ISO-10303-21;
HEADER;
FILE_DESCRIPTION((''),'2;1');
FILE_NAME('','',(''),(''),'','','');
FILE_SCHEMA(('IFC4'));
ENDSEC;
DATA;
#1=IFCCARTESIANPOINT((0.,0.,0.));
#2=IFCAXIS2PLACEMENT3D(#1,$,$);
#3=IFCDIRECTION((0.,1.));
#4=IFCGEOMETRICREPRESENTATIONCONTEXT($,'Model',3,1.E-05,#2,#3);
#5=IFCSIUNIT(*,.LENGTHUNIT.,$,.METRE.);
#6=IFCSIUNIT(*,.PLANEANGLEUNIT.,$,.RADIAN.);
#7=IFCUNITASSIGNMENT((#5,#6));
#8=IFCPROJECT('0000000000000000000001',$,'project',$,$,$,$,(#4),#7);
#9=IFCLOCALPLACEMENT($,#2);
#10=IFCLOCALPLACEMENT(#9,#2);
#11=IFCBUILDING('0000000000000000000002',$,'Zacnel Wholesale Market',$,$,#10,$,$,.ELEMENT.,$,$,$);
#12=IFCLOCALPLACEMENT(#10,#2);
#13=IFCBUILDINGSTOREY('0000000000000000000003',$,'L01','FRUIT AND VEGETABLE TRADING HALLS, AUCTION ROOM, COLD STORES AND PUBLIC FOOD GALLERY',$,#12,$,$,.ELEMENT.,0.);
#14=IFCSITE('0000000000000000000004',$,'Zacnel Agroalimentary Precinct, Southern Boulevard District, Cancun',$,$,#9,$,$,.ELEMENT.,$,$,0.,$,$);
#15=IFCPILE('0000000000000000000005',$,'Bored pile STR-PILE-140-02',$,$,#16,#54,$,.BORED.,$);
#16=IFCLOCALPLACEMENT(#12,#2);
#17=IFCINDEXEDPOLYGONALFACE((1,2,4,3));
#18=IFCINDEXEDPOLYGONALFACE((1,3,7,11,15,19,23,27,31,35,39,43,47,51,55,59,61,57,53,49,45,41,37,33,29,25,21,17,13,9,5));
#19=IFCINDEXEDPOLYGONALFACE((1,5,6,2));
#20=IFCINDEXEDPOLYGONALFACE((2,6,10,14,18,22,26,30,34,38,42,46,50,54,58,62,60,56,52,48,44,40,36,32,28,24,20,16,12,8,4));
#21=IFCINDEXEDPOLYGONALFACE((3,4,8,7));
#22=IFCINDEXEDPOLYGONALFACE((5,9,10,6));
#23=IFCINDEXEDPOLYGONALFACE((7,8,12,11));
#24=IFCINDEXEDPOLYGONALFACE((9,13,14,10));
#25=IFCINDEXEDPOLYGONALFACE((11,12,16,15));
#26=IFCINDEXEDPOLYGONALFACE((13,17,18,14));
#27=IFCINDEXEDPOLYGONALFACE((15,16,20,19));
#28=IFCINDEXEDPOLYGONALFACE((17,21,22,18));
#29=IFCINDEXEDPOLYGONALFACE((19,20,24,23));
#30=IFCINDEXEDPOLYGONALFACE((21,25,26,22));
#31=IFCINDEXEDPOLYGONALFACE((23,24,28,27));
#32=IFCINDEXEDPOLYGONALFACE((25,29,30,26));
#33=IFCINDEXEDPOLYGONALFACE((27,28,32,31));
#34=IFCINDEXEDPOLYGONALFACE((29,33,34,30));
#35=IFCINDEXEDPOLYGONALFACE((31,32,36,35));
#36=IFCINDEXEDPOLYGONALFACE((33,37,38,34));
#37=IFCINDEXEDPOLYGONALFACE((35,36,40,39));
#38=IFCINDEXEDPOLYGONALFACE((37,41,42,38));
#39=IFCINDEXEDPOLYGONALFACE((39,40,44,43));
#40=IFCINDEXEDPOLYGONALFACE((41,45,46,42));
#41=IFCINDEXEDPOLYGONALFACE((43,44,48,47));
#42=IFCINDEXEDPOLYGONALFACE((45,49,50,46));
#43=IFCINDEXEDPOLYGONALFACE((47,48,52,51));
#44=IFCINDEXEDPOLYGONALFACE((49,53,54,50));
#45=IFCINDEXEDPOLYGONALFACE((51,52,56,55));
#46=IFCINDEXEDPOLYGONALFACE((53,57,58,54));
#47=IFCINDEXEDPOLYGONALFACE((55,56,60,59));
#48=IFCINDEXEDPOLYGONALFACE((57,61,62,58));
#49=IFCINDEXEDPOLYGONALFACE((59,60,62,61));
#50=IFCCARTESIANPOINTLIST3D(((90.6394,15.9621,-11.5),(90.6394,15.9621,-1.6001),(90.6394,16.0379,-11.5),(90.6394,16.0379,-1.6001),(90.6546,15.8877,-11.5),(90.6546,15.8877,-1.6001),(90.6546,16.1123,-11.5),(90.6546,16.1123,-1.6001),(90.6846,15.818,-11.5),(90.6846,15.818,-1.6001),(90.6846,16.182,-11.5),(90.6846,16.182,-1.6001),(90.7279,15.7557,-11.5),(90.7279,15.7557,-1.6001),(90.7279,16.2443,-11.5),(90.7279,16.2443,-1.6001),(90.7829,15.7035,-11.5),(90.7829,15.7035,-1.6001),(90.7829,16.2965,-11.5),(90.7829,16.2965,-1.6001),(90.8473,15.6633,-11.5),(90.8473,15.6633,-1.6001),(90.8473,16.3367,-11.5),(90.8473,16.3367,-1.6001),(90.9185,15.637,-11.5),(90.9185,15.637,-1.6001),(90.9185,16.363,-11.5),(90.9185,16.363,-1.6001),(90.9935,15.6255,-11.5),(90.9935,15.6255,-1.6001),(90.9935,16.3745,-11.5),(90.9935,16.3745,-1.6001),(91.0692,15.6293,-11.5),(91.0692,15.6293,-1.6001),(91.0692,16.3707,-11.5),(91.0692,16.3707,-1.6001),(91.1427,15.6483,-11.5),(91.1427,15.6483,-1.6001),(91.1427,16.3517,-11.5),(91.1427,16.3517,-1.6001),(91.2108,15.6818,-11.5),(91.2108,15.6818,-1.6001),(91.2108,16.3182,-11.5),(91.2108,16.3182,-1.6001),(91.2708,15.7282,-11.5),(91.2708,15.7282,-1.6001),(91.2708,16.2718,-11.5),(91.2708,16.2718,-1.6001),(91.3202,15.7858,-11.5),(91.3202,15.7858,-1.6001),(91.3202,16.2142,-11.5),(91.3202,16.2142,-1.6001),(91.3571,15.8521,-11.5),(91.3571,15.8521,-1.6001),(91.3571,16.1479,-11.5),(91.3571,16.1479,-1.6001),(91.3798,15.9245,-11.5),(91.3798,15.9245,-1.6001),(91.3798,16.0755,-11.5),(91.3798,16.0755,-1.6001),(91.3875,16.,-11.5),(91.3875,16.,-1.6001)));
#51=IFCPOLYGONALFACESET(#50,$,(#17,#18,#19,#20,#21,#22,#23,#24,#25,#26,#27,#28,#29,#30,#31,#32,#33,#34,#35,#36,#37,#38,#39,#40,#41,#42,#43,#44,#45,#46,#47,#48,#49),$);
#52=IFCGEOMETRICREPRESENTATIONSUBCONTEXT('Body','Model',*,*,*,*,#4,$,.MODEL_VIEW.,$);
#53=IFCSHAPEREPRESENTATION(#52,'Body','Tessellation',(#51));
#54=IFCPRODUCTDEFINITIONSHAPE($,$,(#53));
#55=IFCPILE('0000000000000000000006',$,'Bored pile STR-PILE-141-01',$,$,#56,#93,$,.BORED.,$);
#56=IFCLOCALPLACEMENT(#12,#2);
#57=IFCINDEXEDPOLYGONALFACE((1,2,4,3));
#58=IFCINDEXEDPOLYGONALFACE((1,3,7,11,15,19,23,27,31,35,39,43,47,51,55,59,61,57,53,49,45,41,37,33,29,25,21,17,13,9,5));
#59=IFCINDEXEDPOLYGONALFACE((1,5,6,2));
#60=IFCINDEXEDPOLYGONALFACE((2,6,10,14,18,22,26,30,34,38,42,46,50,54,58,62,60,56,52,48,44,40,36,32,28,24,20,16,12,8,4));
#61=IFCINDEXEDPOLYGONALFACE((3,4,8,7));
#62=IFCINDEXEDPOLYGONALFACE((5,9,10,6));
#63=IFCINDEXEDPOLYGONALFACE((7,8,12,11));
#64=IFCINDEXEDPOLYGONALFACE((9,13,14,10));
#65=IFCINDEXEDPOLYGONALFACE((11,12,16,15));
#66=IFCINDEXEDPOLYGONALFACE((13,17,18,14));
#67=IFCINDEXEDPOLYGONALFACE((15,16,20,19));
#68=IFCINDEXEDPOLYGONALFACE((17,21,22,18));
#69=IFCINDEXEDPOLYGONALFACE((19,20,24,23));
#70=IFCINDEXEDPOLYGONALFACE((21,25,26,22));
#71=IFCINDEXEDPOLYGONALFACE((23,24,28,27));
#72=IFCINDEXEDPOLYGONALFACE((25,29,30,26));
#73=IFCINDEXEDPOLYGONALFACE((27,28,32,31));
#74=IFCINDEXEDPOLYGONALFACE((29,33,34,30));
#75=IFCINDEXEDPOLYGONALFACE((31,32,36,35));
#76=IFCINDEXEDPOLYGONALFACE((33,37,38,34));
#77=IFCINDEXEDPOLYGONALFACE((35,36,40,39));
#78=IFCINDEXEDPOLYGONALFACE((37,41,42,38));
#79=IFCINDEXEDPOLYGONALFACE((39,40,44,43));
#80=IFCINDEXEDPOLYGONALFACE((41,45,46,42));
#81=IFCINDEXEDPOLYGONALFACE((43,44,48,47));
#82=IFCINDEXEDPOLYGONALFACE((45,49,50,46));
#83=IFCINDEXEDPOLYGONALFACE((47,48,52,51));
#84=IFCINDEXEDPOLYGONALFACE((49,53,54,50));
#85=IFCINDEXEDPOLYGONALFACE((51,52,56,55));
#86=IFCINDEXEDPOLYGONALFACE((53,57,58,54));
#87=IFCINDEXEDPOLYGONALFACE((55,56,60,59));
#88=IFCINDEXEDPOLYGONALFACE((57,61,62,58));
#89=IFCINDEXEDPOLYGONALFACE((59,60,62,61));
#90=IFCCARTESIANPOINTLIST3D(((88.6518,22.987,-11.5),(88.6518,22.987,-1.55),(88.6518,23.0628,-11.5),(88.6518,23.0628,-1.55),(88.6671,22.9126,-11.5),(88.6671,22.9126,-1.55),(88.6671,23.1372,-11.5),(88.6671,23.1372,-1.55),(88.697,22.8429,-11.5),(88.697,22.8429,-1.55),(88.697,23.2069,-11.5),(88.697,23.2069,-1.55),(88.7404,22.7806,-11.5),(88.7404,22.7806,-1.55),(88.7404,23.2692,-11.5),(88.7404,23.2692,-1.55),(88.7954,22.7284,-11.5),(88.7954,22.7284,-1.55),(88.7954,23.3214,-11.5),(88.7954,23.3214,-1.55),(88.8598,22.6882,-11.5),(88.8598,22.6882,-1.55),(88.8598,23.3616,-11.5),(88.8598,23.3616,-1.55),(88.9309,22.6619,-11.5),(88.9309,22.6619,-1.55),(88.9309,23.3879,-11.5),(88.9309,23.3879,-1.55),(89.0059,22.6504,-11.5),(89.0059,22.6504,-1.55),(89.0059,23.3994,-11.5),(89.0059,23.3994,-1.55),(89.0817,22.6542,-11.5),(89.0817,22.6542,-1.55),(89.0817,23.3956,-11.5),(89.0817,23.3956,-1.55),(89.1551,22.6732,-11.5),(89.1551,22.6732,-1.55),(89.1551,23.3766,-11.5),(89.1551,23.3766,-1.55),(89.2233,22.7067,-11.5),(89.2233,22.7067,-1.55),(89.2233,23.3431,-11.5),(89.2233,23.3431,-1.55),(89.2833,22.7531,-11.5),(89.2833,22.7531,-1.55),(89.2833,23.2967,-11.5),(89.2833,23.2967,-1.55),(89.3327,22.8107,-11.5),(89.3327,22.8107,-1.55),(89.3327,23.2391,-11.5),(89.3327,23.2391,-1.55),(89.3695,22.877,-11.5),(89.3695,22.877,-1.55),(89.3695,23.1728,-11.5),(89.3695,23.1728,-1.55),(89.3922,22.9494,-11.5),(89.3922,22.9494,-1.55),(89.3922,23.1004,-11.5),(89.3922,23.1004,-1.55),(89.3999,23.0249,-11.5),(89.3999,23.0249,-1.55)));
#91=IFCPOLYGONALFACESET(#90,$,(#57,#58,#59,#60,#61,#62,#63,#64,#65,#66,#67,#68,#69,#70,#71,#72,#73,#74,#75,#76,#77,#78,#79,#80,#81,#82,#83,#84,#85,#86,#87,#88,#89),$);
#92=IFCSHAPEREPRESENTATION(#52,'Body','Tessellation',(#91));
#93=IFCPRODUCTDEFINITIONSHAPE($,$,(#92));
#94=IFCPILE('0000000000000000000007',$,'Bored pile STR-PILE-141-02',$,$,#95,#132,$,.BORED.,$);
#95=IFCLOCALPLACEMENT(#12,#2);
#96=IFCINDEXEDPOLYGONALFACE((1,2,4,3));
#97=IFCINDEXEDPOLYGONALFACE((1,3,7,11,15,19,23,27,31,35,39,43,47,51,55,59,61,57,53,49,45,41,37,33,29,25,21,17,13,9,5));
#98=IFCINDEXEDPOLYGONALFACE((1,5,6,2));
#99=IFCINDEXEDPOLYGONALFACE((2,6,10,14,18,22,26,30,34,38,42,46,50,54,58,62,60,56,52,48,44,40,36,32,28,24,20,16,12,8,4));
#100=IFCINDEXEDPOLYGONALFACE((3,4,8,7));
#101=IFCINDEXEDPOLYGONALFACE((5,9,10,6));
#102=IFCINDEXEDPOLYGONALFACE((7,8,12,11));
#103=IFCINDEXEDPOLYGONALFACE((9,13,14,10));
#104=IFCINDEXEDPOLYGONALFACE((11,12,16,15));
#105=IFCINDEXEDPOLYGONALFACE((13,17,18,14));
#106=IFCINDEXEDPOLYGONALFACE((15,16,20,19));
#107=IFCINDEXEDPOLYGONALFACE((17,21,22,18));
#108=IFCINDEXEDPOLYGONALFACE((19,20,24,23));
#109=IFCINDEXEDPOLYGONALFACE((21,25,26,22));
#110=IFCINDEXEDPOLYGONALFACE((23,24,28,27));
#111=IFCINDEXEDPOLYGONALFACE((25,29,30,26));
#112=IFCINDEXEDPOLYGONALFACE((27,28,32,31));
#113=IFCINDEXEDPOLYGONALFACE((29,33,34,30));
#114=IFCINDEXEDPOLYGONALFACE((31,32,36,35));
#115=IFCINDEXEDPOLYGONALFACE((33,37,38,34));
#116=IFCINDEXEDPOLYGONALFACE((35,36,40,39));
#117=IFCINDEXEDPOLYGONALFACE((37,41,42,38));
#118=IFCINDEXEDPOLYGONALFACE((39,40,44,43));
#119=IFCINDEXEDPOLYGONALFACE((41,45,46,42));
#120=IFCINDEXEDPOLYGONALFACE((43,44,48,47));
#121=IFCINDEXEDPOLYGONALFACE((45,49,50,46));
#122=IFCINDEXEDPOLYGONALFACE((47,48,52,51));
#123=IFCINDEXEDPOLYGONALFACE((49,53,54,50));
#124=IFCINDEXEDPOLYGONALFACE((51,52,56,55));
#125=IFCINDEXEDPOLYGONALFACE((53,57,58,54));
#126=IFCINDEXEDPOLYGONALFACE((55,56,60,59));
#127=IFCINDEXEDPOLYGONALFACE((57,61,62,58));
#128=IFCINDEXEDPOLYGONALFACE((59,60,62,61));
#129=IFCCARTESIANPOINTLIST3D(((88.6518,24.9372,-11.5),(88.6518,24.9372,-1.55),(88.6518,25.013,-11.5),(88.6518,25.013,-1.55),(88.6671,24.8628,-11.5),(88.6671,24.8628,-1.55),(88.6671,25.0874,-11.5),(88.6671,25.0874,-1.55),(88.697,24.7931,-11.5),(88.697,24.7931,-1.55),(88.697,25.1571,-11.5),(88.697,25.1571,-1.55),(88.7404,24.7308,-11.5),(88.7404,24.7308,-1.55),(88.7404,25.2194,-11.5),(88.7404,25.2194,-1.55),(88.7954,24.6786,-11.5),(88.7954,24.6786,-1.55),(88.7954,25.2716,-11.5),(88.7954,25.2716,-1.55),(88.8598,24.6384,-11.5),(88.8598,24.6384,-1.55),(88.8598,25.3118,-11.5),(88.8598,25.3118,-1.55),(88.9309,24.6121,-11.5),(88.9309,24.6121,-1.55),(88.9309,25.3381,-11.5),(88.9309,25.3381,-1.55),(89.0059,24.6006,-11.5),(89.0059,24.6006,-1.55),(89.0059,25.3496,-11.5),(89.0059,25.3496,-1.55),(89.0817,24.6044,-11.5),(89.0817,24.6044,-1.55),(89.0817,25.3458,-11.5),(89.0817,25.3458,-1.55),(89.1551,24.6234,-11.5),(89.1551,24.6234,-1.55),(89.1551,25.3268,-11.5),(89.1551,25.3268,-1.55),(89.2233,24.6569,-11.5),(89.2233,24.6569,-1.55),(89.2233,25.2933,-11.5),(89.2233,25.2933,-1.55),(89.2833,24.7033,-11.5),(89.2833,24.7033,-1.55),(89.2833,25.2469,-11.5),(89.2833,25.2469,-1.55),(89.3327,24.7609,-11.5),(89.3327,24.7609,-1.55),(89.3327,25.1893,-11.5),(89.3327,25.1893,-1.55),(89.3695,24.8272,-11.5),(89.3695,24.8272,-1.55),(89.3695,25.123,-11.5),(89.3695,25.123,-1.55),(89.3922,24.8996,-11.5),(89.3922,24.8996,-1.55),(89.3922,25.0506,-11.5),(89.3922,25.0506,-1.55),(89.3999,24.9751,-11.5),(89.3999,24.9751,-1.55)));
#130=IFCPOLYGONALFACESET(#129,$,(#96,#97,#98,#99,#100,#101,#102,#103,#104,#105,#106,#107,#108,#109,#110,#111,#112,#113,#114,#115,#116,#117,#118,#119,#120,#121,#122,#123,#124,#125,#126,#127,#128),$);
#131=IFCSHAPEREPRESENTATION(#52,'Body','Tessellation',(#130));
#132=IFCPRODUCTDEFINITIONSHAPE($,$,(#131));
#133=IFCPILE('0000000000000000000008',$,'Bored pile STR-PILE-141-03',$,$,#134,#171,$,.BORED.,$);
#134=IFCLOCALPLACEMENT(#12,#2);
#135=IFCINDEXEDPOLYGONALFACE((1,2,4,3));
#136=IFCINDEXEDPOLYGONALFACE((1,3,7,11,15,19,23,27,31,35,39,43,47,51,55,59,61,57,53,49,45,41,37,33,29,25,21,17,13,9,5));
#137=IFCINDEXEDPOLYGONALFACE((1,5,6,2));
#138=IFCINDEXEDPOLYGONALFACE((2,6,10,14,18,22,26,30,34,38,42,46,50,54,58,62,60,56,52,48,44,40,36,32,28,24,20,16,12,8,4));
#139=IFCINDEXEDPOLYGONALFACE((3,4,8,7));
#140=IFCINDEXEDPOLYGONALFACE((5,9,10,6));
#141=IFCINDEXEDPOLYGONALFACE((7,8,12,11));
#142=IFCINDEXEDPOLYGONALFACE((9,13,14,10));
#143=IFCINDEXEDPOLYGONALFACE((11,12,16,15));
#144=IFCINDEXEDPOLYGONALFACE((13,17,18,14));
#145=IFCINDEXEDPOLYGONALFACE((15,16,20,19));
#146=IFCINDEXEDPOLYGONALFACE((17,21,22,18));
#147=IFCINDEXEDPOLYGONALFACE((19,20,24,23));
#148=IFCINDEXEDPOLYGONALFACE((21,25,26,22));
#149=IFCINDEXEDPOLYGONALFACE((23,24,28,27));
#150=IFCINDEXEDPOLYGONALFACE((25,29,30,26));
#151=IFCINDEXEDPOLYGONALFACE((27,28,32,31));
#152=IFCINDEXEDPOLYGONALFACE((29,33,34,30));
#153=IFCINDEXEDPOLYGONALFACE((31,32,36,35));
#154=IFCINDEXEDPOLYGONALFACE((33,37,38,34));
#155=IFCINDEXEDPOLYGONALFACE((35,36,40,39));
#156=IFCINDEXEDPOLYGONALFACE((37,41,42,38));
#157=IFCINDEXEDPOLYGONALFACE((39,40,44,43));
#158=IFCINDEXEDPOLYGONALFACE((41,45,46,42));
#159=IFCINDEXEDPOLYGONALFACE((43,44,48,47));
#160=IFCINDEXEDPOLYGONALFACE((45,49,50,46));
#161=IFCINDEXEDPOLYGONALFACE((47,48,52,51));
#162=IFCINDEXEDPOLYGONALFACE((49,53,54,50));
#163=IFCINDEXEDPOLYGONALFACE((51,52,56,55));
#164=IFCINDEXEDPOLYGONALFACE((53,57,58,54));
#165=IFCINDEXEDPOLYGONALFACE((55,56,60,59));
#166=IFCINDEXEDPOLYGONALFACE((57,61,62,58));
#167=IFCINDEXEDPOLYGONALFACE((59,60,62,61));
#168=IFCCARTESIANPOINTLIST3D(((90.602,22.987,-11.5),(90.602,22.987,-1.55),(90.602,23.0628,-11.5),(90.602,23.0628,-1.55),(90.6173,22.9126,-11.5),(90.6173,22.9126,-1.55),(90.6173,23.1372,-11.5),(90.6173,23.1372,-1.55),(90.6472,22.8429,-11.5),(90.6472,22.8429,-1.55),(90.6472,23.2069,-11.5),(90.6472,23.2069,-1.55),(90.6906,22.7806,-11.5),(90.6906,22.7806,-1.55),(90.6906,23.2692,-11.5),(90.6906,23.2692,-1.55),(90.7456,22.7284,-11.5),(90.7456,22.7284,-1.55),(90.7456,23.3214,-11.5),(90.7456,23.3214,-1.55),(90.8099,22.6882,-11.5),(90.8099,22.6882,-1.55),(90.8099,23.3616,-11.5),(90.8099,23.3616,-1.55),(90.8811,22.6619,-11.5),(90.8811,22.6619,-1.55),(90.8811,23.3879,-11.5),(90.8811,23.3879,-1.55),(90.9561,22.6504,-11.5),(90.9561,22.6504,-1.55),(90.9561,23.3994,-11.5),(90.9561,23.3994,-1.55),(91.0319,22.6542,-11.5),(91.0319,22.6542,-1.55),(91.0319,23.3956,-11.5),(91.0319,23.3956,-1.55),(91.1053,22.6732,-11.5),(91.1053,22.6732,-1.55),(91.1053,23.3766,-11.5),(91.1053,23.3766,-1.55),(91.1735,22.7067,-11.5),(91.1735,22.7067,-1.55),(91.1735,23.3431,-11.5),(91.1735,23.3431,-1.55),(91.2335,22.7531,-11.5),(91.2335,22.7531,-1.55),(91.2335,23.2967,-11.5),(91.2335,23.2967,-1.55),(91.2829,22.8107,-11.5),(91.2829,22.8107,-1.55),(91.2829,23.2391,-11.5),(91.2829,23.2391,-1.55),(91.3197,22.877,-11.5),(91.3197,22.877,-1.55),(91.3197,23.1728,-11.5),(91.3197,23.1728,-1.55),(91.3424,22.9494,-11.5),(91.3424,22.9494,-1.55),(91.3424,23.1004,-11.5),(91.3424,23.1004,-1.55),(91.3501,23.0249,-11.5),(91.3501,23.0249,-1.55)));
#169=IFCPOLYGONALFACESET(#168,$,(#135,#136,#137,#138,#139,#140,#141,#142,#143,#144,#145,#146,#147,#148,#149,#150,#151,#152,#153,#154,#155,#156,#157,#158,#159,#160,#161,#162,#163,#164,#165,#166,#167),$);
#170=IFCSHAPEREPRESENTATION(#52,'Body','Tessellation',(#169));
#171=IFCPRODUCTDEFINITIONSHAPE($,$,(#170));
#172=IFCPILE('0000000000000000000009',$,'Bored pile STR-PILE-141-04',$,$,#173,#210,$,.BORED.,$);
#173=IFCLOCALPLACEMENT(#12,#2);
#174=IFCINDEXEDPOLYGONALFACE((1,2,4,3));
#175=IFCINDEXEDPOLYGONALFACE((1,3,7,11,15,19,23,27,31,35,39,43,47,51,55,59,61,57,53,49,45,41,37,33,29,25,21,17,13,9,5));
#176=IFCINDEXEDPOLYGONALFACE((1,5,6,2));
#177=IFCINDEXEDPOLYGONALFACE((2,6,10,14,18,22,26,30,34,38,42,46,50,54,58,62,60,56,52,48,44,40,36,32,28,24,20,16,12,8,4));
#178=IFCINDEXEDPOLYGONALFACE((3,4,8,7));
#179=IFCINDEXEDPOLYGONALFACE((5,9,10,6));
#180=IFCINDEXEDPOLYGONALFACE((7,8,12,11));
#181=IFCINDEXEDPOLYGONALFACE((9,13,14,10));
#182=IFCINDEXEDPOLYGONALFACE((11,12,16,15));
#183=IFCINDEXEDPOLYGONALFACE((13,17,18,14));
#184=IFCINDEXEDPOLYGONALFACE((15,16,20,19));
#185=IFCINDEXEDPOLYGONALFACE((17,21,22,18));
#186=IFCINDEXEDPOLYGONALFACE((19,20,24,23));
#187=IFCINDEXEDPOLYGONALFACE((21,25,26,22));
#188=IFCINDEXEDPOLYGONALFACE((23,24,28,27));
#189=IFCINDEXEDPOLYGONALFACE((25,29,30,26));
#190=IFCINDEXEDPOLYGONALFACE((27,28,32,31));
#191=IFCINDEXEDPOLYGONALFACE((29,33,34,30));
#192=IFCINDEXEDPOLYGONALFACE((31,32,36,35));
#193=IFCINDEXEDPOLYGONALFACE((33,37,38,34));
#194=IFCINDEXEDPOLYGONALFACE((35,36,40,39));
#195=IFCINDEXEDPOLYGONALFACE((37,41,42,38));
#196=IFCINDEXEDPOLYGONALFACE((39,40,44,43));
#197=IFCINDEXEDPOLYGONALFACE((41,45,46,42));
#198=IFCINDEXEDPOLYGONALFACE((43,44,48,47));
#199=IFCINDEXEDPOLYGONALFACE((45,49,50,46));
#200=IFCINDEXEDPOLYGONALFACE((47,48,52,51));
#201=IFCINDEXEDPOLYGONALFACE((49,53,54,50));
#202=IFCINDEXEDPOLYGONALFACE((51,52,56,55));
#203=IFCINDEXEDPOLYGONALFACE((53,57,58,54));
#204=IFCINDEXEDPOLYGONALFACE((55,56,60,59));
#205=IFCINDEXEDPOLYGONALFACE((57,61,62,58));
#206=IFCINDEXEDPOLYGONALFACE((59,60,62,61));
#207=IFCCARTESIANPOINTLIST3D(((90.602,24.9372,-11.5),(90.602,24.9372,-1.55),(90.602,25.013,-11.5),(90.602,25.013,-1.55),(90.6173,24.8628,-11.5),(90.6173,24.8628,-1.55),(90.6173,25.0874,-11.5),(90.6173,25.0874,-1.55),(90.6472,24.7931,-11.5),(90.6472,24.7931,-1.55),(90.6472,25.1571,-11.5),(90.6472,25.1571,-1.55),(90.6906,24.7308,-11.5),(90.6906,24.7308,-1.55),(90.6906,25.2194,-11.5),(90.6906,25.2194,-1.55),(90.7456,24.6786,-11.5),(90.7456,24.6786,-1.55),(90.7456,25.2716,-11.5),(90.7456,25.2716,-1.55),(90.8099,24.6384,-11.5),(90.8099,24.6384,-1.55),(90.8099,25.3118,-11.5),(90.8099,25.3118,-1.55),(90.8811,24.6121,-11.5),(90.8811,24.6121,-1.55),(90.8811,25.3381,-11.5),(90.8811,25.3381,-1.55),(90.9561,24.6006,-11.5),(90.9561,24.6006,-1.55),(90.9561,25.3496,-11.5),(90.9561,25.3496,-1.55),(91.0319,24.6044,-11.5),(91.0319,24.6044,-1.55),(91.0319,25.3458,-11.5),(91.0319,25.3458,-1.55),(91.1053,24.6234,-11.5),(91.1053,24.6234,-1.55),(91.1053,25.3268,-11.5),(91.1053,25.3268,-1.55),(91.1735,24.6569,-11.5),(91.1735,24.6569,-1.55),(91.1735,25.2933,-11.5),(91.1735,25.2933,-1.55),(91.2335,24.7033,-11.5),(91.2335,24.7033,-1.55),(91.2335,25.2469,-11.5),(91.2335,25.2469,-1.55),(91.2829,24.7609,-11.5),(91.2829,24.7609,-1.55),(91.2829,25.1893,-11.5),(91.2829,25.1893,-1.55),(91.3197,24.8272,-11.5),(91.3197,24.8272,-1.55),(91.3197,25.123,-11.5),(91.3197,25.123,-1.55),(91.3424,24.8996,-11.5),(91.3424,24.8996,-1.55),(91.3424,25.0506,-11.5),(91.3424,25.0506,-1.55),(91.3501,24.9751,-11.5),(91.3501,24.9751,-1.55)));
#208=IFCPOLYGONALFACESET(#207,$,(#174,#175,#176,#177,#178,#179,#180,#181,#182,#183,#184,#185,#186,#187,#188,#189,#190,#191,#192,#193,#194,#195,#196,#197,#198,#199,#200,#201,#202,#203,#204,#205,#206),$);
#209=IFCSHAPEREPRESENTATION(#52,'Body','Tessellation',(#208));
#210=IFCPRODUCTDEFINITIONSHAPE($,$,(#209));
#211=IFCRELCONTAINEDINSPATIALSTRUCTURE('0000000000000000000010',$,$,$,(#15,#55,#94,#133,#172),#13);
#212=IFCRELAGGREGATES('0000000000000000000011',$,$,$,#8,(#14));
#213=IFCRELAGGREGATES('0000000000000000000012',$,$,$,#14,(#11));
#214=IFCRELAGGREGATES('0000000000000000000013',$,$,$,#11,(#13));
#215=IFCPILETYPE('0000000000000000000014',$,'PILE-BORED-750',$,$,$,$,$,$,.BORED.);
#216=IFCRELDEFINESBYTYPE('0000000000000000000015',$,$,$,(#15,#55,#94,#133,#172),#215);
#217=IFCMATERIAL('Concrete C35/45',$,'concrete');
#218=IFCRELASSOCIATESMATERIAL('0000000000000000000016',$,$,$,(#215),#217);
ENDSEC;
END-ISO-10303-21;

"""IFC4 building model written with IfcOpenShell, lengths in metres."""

from ifc_helpers import new_model, si_unit, direction, frame, origin, origin_2d, place, context, subcontext, project, spatial, circle, extrude, material, material_profile, profile_set, type_object, element, save


model = new_model("IFC4")

# Units and contexts
model_context = context("Model", 3, precision=1e-05, world=origin(), true_north=direction((0.0, 1.0)))
body_context = subcontext(model_context, "Body", "Model", "MODEL_VIEW")
ifc_project = project(units=[si_unit("LENGTHUNIT", "METRE"), si_unit("PLANEANGLEUNIT", "RADIAN")], contexts=[model_context])

# Site, building, storey
site_placement = place(None, origin())
site = spatial("IfcSite", under=ifc_project, at=site_placement, Name="Zacnel Agroalimentary Precinct, Southern Boulevard District, Cancun", CompositionType="ELEMENT", RefElevation=0.0)
building_placement = place(site_placement, origin())
building = spatial("IfcBuilding", under=site, at=building_placement, Name="Zacnel Wholesale Market", CompositionType="ELEMENT")
storey_placement = place(building_placement, origin())
storey = spatial("IfcBuildingStorey", under=building, at=storey_placement, Name="L01", Description="FRUIT AND VEGETABLE TRADING HALLS, AUCTION ROOM, COLD STORES AND PUBLIC FOOD GALLERY", CompositionType="ELEMENT", Elevation=0.0)

# Piles
ifc_material_1 = material(Name="Concrete C35/45", Category="concrete")
ifc_material_profile_1 = material_profile(ifc_material_1, circle(Radius=0.375, at=origin_2d()), Name="BORED PILE D750")
ifc_profile_set_1 = profile_set([ifc_material_profile_1], Name="Concrete C35/45")
pile_type = type_object("IfcPileType", Name="PILE-BORED-750", PredefinedType="BORED", material=ifc_profile_set_1)
for number, where, z_axis, x_axis, name in (
    (1, (91.0125, 16.0, -1.6001), (0.0, 0.0, -1.0), (1.0, 0.0, 0.0), "Bored pile STR-PILE-140-02"),
):
    element("IfcPile", number, at=place(storey_placement, frame(where, z_axis=z_axis, x_axis=x_axis)), inside=storey, type_object=pile_type, Name=name, PredefinedType="BORED", context=body_context, shape_type="SweptSolid", body=[
        extrude(circle(Radius=0.375, at=origin_2d()), origin(), (0.0, 0.0, 1.0), 9.8999),
    ])
for number, where, z_axis, x_axis, name in (
    (2, (89.0249, 23.0249, -1.55), (0.0, 0.0, -1.0), (1.0, 0.0, 0.0), "Bored pile STR-PILE-141-01"),
    (3, (89.0249, 24.9751, -1.55), (0.0, 0.0, -1.0), (1.0, 0.0, 0.0), "Bored pile STR-PILE-141-02"),
    (4, (90.9751, 23.0249, -1.55), (0.0, 0.0, -1.0), (1.0, 0.0, 0.0), "Bored pile STR-PILE-141-03"),
    (5, (90.9751, 24.9751, -1.55), (0.0, 0.0, -1.0), (1.0, 0.0, 0.0), "Bored pile STR-PILE-141-04"),
):
    element("IfcPile", number, at=place(storey_placement, frame(where, z_axis=z_axis, x_axis=x_axis)), inside=storey, type_object=pile_type, Name=name, PredefinedType="BORED", context=body_context, shape_type="SweptSolid", body=[
        extrude(circle(Radius=0.375, at=origin_2d()), origin(), (0.0, 0.0, 1.0), 9.95),
    ])

save(model, "model.ifc")
